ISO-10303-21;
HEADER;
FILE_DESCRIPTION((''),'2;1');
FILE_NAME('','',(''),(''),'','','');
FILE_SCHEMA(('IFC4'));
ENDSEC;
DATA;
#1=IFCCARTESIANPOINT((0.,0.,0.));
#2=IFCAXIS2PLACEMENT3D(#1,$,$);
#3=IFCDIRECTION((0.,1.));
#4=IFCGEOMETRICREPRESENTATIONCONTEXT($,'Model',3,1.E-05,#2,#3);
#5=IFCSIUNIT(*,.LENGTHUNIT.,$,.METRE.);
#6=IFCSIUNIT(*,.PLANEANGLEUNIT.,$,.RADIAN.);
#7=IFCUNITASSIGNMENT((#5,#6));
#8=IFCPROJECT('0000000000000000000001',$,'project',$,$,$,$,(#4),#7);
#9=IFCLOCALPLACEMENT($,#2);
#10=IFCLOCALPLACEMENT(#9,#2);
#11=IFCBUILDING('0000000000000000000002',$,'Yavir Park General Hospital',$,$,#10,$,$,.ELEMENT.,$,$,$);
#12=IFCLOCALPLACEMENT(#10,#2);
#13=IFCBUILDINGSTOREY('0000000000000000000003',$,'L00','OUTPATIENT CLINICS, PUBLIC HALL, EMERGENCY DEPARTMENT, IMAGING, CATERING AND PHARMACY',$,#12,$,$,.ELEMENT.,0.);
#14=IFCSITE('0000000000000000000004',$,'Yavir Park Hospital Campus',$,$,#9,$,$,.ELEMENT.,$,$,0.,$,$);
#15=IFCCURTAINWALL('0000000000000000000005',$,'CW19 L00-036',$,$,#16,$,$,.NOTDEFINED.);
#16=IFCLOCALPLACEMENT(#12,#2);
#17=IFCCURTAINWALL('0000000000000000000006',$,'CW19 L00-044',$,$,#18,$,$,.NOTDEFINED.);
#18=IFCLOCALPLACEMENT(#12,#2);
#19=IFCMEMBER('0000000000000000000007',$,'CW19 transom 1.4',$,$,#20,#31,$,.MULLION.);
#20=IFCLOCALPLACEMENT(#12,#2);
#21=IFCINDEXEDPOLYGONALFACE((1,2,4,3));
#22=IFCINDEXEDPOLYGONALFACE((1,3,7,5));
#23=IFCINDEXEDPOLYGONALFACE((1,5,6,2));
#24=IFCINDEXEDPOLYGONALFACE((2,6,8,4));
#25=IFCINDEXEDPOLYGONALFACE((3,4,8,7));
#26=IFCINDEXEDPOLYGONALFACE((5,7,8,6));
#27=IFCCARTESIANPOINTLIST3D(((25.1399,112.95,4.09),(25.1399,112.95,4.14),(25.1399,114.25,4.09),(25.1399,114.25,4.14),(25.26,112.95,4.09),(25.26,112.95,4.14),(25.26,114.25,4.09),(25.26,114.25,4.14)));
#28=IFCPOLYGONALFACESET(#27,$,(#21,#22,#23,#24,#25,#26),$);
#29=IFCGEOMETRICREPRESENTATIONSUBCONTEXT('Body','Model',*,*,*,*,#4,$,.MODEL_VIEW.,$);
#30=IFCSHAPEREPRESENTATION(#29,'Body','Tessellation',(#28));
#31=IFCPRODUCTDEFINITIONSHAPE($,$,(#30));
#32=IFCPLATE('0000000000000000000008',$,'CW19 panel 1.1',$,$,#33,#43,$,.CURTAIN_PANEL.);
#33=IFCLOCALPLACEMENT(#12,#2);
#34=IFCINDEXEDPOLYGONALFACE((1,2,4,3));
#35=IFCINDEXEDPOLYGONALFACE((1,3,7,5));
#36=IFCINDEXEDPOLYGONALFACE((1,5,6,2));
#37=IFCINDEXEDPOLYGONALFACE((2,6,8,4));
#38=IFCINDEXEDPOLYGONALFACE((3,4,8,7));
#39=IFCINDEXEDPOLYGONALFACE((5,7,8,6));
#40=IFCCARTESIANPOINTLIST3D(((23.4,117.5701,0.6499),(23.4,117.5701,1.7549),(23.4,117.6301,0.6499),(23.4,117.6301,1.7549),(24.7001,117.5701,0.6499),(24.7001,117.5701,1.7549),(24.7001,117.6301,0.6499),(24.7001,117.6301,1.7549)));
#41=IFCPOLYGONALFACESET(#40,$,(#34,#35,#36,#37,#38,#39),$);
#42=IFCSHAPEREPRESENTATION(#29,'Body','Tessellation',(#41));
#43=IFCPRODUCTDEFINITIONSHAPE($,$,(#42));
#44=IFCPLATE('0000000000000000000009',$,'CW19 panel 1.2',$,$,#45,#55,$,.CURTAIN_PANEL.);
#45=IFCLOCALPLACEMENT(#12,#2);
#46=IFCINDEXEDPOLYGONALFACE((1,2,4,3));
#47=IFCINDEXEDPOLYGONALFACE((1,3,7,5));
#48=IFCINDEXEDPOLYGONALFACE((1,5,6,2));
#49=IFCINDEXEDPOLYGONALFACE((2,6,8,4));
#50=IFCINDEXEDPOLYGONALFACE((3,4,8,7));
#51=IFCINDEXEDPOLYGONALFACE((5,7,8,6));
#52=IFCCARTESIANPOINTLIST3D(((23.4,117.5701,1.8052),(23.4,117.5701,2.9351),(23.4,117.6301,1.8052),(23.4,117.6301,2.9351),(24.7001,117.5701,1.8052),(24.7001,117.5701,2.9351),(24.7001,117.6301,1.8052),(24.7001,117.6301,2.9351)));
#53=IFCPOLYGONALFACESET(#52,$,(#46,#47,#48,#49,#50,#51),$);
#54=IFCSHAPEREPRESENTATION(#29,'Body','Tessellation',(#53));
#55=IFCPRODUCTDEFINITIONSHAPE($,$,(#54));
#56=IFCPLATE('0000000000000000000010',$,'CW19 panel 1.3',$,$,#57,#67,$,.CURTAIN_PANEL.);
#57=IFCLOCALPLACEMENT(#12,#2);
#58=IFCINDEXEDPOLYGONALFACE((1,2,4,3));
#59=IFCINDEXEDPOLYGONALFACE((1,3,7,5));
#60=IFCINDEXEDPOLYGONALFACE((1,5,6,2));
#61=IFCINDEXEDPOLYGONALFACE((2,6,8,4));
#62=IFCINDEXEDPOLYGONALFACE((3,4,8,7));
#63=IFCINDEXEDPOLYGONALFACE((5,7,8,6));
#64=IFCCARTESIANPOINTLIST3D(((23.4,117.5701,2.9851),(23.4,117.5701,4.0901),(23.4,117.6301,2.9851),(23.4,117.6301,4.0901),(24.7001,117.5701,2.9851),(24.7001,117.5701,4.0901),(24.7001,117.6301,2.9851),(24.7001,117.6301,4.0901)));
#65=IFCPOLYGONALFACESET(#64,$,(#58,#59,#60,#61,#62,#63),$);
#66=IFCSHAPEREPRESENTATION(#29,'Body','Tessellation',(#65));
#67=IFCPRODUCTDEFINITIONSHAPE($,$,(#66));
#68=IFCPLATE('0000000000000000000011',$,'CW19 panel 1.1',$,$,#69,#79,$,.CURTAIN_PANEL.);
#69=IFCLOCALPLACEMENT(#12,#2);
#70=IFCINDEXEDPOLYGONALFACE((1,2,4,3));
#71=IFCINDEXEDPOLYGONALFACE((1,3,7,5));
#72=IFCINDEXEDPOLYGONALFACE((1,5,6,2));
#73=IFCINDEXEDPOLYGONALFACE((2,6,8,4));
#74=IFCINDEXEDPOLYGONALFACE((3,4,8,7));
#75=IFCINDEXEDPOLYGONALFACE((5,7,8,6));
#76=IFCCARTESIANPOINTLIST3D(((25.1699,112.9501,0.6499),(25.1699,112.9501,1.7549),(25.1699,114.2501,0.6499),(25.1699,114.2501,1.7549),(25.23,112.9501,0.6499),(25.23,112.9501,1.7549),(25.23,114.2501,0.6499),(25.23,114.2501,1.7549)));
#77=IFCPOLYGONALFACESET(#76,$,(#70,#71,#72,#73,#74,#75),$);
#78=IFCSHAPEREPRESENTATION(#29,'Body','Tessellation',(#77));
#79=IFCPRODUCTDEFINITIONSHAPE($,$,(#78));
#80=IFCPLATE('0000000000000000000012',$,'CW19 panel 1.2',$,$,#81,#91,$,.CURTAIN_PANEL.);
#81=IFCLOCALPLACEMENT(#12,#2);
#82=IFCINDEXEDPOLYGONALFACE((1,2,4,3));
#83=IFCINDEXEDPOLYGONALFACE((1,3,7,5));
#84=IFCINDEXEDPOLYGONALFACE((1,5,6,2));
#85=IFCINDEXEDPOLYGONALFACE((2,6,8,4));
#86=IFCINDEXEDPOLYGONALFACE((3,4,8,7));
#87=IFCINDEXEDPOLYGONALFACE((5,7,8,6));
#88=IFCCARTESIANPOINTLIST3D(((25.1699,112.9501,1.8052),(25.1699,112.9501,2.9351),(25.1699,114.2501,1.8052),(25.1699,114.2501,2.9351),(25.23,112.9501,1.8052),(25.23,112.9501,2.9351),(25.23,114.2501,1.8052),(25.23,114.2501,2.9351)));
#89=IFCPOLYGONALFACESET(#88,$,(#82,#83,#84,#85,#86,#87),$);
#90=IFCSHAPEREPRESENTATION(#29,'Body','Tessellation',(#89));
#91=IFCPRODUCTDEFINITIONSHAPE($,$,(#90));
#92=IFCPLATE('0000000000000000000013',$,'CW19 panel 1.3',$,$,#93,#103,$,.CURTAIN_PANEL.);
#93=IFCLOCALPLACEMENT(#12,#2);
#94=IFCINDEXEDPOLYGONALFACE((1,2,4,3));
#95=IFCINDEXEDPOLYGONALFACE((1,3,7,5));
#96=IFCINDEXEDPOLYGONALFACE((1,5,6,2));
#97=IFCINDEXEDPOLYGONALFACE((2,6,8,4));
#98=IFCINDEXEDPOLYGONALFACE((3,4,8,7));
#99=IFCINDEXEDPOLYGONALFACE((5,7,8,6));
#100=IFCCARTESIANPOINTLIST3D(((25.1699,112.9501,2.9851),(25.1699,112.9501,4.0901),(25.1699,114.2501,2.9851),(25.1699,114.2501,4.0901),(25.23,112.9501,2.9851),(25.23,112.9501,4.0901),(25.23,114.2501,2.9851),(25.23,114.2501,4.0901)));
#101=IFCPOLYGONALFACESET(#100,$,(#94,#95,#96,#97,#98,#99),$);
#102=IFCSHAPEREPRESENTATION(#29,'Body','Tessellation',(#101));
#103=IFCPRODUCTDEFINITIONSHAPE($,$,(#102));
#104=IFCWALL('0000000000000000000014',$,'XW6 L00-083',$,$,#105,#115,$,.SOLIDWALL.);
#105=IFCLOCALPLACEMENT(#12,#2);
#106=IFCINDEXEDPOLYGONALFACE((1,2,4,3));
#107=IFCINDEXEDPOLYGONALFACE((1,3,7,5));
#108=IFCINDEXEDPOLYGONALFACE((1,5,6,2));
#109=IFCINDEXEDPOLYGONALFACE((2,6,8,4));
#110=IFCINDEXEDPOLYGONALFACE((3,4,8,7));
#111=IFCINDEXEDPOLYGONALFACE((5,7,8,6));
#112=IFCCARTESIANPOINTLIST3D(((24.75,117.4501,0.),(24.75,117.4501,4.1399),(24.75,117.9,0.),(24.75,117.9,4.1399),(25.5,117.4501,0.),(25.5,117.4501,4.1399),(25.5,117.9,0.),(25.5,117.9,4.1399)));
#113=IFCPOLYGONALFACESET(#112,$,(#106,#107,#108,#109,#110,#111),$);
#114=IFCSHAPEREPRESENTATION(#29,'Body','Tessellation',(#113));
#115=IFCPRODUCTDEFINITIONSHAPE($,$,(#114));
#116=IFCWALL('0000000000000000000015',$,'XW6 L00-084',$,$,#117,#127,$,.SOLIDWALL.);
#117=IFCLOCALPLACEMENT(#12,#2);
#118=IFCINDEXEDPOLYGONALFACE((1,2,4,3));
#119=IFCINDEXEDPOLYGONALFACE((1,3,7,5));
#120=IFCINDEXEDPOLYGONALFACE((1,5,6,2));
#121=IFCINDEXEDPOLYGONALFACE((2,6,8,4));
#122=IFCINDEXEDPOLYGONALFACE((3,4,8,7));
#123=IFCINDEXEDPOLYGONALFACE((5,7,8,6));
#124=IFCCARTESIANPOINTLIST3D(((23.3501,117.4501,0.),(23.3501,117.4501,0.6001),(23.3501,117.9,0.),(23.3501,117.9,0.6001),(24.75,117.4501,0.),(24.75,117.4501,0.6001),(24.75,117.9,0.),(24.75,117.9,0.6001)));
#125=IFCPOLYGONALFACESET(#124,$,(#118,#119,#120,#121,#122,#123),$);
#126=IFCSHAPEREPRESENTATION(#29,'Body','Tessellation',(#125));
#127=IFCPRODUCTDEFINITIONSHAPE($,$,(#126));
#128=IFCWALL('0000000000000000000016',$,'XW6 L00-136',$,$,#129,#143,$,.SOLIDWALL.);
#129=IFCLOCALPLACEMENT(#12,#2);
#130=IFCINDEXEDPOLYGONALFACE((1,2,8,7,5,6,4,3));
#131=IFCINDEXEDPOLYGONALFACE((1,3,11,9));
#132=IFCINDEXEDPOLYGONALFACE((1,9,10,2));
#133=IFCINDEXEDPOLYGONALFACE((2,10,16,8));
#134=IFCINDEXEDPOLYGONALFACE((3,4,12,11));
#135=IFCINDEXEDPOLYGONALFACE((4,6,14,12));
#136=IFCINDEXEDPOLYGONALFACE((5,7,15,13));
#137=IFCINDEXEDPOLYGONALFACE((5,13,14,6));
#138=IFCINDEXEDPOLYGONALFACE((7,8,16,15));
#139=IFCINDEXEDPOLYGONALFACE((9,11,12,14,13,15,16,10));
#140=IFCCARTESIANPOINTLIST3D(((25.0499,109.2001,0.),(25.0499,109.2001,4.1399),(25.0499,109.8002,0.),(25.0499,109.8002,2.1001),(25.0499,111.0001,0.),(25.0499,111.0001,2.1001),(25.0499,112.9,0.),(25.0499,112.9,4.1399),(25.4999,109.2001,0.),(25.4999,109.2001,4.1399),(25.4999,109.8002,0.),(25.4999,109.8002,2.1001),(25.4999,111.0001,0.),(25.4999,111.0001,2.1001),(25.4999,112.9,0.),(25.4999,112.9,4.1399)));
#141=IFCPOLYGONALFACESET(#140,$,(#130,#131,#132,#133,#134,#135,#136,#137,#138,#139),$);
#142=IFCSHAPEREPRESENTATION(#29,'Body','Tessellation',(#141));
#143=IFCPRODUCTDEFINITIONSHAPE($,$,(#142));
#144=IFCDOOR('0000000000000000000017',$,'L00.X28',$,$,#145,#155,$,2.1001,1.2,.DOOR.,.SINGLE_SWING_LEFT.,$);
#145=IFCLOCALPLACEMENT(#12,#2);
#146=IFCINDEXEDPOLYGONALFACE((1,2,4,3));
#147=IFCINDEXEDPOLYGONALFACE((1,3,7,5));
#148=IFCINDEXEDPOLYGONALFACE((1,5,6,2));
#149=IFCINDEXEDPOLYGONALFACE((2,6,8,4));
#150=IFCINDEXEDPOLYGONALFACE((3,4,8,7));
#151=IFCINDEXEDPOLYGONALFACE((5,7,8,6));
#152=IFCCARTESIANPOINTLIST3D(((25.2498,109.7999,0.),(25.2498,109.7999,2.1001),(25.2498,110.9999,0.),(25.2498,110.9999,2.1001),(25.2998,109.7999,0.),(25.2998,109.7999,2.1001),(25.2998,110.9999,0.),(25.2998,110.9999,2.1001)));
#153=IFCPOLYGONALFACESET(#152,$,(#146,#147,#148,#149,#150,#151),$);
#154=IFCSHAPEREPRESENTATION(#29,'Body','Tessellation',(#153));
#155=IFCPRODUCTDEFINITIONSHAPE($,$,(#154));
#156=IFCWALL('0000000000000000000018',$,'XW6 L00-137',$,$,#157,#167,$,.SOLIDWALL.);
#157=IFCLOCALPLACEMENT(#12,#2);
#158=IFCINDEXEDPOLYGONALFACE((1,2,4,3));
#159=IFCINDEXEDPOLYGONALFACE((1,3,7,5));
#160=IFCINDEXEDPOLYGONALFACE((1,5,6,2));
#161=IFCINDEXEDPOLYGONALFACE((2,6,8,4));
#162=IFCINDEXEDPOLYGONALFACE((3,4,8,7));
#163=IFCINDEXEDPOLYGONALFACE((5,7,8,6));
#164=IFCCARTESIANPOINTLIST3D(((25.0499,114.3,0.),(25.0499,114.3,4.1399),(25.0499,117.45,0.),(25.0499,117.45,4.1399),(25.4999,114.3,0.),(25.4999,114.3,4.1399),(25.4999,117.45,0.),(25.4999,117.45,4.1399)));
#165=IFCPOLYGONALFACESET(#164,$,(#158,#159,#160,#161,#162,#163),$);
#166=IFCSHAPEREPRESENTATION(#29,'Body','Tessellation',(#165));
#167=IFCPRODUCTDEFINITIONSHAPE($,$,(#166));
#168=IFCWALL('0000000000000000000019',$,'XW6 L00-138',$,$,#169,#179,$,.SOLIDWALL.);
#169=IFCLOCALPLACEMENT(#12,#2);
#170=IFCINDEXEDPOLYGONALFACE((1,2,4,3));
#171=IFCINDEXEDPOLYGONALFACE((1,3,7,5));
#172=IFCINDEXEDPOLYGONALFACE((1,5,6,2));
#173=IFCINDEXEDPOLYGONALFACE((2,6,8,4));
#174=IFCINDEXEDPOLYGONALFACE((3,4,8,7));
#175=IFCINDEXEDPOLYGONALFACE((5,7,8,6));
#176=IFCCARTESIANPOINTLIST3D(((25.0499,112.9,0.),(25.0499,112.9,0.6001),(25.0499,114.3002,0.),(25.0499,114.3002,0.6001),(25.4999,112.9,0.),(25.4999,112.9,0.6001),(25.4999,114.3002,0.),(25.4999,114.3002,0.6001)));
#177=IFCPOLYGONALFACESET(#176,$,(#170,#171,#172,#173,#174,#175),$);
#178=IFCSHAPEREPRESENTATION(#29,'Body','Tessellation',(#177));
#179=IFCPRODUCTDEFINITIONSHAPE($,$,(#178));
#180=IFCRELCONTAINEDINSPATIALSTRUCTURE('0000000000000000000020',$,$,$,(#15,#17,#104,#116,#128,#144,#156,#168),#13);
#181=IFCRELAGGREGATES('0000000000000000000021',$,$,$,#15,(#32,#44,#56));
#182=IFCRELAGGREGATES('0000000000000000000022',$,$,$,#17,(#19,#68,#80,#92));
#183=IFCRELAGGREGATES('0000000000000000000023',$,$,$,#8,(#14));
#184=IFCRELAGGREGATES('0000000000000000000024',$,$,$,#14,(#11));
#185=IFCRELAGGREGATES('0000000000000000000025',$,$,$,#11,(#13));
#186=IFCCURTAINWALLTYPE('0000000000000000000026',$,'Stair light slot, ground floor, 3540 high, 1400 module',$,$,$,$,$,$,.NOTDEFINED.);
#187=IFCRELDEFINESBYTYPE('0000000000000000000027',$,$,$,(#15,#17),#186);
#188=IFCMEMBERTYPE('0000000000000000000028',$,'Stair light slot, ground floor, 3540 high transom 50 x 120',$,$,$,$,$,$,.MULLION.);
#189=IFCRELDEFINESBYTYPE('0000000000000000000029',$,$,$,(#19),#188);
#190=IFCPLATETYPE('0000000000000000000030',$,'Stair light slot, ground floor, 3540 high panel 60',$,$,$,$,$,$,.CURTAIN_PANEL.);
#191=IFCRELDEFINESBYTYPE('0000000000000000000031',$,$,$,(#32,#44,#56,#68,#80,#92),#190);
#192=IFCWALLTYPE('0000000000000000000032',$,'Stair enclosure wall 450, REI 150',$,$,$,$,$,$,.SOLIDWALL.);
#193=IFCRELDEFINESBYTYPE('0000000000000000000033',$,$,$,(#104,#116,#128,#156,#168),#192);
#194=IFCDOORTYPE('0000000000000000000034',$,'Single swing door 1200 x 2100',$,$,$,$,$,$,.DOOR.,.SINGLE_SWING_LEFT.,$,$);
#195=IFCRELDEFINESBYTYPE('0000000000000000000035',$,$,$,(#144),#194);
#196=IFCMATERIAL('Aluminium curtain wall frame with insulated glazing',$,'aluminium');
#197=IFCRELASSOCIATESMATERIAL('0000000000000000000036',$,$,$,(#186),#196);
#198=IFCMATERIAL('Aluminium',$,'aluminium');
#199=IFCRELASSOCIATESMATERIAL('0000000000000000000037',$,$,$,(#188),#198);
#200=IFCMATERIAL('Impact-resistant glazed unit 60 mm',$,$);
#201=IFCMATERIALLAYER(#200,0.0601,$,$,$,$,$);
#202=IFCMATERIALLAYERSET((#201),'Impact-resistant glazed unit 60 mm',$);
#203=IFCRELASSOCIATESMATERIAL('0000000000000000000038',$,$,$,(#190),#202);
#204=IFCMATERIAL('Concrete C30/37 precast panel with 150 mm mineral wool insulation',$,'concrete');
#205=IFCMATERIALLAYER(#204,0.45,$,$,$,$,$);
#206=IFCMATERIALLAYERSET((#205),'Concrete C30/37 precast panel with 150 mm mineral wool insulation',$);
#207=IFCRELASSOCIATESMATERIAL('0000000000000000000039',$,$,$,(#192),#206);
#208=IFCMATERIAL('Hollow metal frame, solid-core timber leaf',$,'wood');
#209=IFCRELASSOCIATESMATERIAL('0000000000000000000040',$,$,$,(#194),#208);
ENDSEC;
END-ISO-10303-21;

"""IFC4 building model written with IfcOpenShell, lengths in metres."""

from ifc_helpers import new_model, si_unit, direction, frame, frame_2d, origin, origin_2d, place, context, subcontext, project, spatial, rectangle, extrude, material, layer, layer_set, material_profile, profile_set, type_object, element, fill, aggregate, save


model = new_model("IFC4")

# Units and contexts
model_context = context("Model", 3, precision=1e-05, world=origin(), true_north=direction((0.0, 1.0)))
body_context = subcontext(model_context, "Body", "Model", "MODEL_VIEW")
ifc_project = project(units=[si_unit("LENGTHUNIT", "METRE"), si_unit("PLANEANGLEUNIT", "RADIAN")], contexts=[model_context])

# Site, building, storey
site_placement = place(None, origin())
site = spatial("IfcSite", under=ifc_project, at=site_placement, Name="Yavir Park Hospital Campus", CompositionType="ELEMENT", RefElevation=0.0)
building_placement = place(site_placement, origin())
building = spatial("IfcBuilding", under=site, at=building_placement, Name="Yavir Park General Hospital", CompositionType="ELEMENT")
storey_placement = place(building_placement, origin())
storey = spatial("IfcBuildingStorey", under=building, at=storey_placement, Name="L00", Description="OUTPATIENT CLINICS, PUBLIC HALL, EMERGENCY DEPARTMENT, IMAGING, CATERING AND PHARMACY", CompositionType="ELEMENT", Elevation=0.0)

# Curtain walls
ifc_material_1 = material(Name="Aluminium curtain wall frame with insulated glazing", Category="aluminium")
curtain_wall_type = type_object("IfcCurtainWallType", Name="Stair light slot, ground floor, 3540 high, 1400 module", PredefinedType="NOTDEFINED", material=ifc_material_1)
curtain_wall_1_placement = place(storey_placement, origin())
curtain_wall_1 = element("IfcCurtainWall", 1, at=curtain_wall_1_placement, inside=storey, type_object=curtain_wall_type, Name="CW19 L00-036", PredefinedType="NOTDEFINED")
curtain_wall_2_placement = place(storey_placement, origin())
curtain_wall_2 = element("IfcCurtainWall", 2, at=curtain_wall_2_placement, inside=storey, type_object=curtain_wall_type, Name="CW19 L00-044", PredefinedType="NOTDEFINED")

# Member
ifc_material_2 = material(Name="Aluminium", Category="aluminium")
ifc_material_profile_1 = material_profile(ifc_material_2, rectangle(XDim=0.1201, YDim=0.05, at=origin_2d()), Name="AL 120x50")
ifc_profile_set_1 = profile_set([ifc_material_profile_1], Name="Aluminium")
member_type_1 = type_object("IfcMemberType", Name="Stair light slot, ground floor, 3540 high transom 50 x 120", PredefinedType="MULLION", material=ifc_profile_set_1)
member_1_placement = place(storey_placement, frame((25.2, 112.95, 4.115), z_axis=(0.0, 1.0, 0.0), x_axis=(-1.0, 0.0, 0.0)))
member_1 = element("IfcMember", 3, at=member_1_placement, type_object=member_type_1, Name="CW19 transom 1.4", PredefinedType="MULLION", context=body_context, shape_type="SweptSolid", body=[
    extrude(rectangle(XDim=0.1201, YDim=0.05, at=origin_2d()), origin(), (0.0, 0.0, 1.0), 1.3),
])

# Plates
ifc_material_3 = material(Name="Impact-resistant glazed unit 60 mm")
ifc_layer_1 = layer(ifc_material_3, 0.0601)
ifc_layer_set_1 = layer_set([ifc_layer_1], Name="Impact-resistant glazed unit 60 mm")
plate_type = type_object("IfcPlateType", Name="Stair light slot, ground floor, 3540 high panel 60", PredefinedType="CURTAIN_PANEL", material=ifc_layer_set_1)
plate_1_placement = place(storey_placement, frame((24.05, 117.6001, 0.6499), z_axis=(0.0, 0.0, 1.0), x_axis=(1.0, 0.0, 0.0)))
plate_1 = element("IfcPlate", 4, at=plate_1_placement, type_object=plate_type, Name="CW19 panel 1.1", PredefinedType="CURTAIN_PANEL", context=body_context, shape_type="SweptSolid", body=[
    extrude(rectangle(XDim=1.3, YDim=0.0601, at=origin_2d()), origin(), (0.0, 0.0, 1.0), 1.105),
])
plate_2_placement = place(storey_placement, frame((24.05, 117.6001, 1.8052), z_axis=(0.0, 0.0, 1.0), x_axis=(1.0, 0.0, 0.0)))
plate_2 = element("IfcPlate", 5, at=plate_2_placement, type_object=plate_type, Name="CW19 panel 1.2", PredefinedType="CURTAIN_PANEL", context=body_context, shape_type="SweptSolid", body=[
    extrude(rectangle(XDim=1.3, YDim=0.0601, at=origin_2d()), origin(), (0.0, 0.0, 1.0), 1.1299),
])
plate_3_placement = place(storey_placement, frame((24.05, 117.6001, 2.9851), z_axis=(0.0, 0.0, 1.0), x_axis=(1.0, 0.0, 0.0)))
plate_3 = element("IfcPlate", 6, at=plate_3_placement, type_object=plate_type, Name="CW19 panel 1.3", PredefinedType="CURTAIN_PANEL", context=body_context, shape_type="SweptSolid", body=[
    extrude(rectangle(XDim=1.3, YDim=0.0601, at=origin_2d()), origin(), (0.0, 0.0, 1.0), 1.105),
])
aggregate(curtain_wall_1, [plate_1, plate_2, plate_3])
plate_4_placement = place(storey_placement, frame((25.2, 113.6001, 0.6499), z_axis=(0.0, 0.0, 1.0), x_axis=(0.0, 1.0, 0.0)))
plate_4 = element("IfcPlate", 7, at=plate_4_placement, type_object=plate_type, Name="CW19 panel 1.1", PredefinedType="CURTAIN_PANEL", context=body_context, shape_type="SweptSolid", body=[
    extrude(rectangle(XDim=1.3, YDim=0.0601, at=origin_2d()), origin(), (0.0, 0.0, 1.0), 1.105),
])
plate_5_placement = place(storey_placement, frame((25.2, 113.6001, 1.8052), z_axis=(0.0, 0.0, 1.0), x_axis=(0.0, 1.0, 0.0)))
plate_5 = element("IfcPlate", 8, at=plate_5_placement, type_object=plate_type, Name="CW19 panel 1.2", PredefinedType="CURTAIN_PANEL", context=body_context, shape_type="SweptSolid", body=[
    extrude(rectangle(XDim=1.3, YDim=0.0601, at=origin_2d()), origin(), (0.0, 0.0, 1.0), 1.1299),
])
plate_6_placement = place(storey_placement, frame((25.2, 113.6001, 2.9851), z_axis=(0.0, 0.0, 1.0), x_axis=(0.0, 1.0, 0.0)))
plate_6 = element("IfcPlate", 9, at=plate_6_placement, type_object=plate_type, Name="CW19 panel 1.3", PredefinedType="CURTAIN_PANEL", context=body_context, shape_type="SweptSolid", body=[
    extrude(rectangle(XDim=1.3, YDim=0.0601, at=origin_2d()), origin(), (0.0, 0.0, 1.0), 1.105),
])
aggregate(curtain_wall_2, [member_1, plate_4, plate_5, plate_6])

# Walls
ifc_material_4 = material(Name="Concrete C30/37 precast panel with 150 mm mineral wool insulation", Category="concrete")
ifc_layer_2 = layer(ifc_material_4, 0.45)
ifc_layer_set_2 = layer_set([ifc_layer_2], Name="Concrete C30/37 precast panel with 150 mm mineral wool insulation")
wall_type = type_object("IfcWallType", Name="Stair enclosure wall 450, REI 150", PredefinedType="SOLIDWALL", material=ifc_layer_set_2)
wall_1_placement = place(storey_placement, frame((24.75, 117.675, 0.0), z_axis=(0.0, 0.0, 1.0), x_axis=(1.0, 0.0, 0.0)))
element("IfcWall", 10, at=wall_1_placement, inside=storey, type_object=wall_type, Name="XW6 L00-083", PredefinedType="SOLIDWALL", context=body_context, shape_type="SweptSolid", body=[
    extrude(rectangle(XDim=0.75, YDim=0.45, at=frame_2d((0.375, 0.0))), origin(), (0.0, 0.0, 1.0), 4.1399),
])
wall_2_placement = place(storey_placement, frame((23.3501, 117.675, 0.0), z_axis=(0.0, 0.0, 1.0), x_axis=(1.0, 0.0, 0.0)))
element("IfcWall", 11, at=wall_2_placement, inside=storey, type_object=wall_type, Name="XW6 L00-084", PredefinedType="SOLIDWALL", context=body_context, shape_type="SweptSolid", body=[
    extrude(rectangle(XDim=1.3999, YDim=0.45, at=frame_2d((0.7, 0.0))), origin(), (0.0, 0.0, 1.0), 0.6001),
])

# Wall, opening, door
wall_3_placement = place(storey_placement, frame((25.2749, 109.2, 0.0), z_axis=(0.0, 0.0, 1.0), x_axis=(0.0, 1.0, 0.0)))
wall_3 = element("IfcWall", 12, at=wall_3_placement, inside=storey, type_object=wall_type, Name="XW6 L00-136", PredefinedType="SOLIDWALL", context=body_context, shape_type="SweptSolid", body=[
    extrude(rectangle(XDim=3.7, YDim=0.45, at=frame_2d((1.8501, 0.0))), origin(), (0.0, 0.0, 1.0), 4.1399),
])
opening_placement = place(wall_3_placement, frame((0.6001, 0.0, 0.0)))
opening = element("IfcOpeningElement", 13, at=opening_placement, cuts=wall_3, PredefinedType="OPENING", context=body_context, shape_type="SweptSolid", body=[
    extrude(rectangle(XDim=1.2, YDim=2.1001, at=frame_2d((0.6001, 1.05))), frame((0.0, 0.2349, 0.0), z_axis=(0.0, -1.0, 0.0), x_axis=(1.0, 0.0, 0.0)), (0.0, 0.0, 1.0), 0.47),
])
ifc_material_5 = material(Name="Hollow metal frame, solid-core timber leaf", Category="wood")
door_type = type_object("IfcDoorType", Name="Single swing door 1200 x 2100", OperationType="SINGLE_SWING_LEFT", PredefinedType="DOOR", material=ifc_material_5)
door_placement = place(opening_placement, frame((1.2, 0.0, 0.0), x_axis=(-1.0, 0.0, 0.0)))
door = element("IfcDoor", 14, at=door_placement, inside=storey, type_object=door_type, Name="L00.X28", OperationType="SINGLE_SWING_LEFT", OverallHeight=2.1001, OverallWidth=1.2, PredefinedType="DOOR", context=body_context, shape_type="SweptSolid", body=[
    extrude(rectangle(XDim=1.2, YDim=2.1001, at=frame_2d((0.6001, 1.05))), frame((0.0, 0.0249, 0.0), z_axis=(0.0, -1.0, 0.0), x_axis=(1.0, 0.0, 0.0)), (0.0, 0.0, 1.0), 0.05),
])
fill(opening, door)

# Walls
wall_4_placement = place(storey_placement, frame((25.2749, 114.3, 0.0), z_axis=(0.0, 0.0, 1.0), x_axis=(0.0, 1.0, 0.0)))
element("IfcWall", 15, at=wall_4_placement, inside=storey, type_object=wall_type, Name="XW6 L00-137", PredefinedType="SOLIDWALL", context=body_context, shape_type="SweptSolid", body=[
    extrude(rectangle(XDim=3.1499, YDim=0.45, at=frame_2d((1.575, 0.0))), origin(), (0.0, 0.0, 1.0), 4.1399),
])
wall_5_placement = place(storey_placement, frame((25.2749, 112.8999, 0.0), z_axis=(0.0, 0.0, 1.0), x_axis=(0.0, 1.0, 0.0)))
element("IfcWall", 16, at=wall_5_placement, inside=storey, type_object=wall_type, Name="XW6 L00-138", PredefinedType="SOLIDWALL", context=body_context, shape_type="SweptSolid", body=[
    extrude(rectangle(XDim=1.4001, YDim=0.45, at=frame_2d((0.7002, 0.0))), origin(), (0.0, 0.0, 1.0), 0.6001),
])

save(model, "model.ifc")
